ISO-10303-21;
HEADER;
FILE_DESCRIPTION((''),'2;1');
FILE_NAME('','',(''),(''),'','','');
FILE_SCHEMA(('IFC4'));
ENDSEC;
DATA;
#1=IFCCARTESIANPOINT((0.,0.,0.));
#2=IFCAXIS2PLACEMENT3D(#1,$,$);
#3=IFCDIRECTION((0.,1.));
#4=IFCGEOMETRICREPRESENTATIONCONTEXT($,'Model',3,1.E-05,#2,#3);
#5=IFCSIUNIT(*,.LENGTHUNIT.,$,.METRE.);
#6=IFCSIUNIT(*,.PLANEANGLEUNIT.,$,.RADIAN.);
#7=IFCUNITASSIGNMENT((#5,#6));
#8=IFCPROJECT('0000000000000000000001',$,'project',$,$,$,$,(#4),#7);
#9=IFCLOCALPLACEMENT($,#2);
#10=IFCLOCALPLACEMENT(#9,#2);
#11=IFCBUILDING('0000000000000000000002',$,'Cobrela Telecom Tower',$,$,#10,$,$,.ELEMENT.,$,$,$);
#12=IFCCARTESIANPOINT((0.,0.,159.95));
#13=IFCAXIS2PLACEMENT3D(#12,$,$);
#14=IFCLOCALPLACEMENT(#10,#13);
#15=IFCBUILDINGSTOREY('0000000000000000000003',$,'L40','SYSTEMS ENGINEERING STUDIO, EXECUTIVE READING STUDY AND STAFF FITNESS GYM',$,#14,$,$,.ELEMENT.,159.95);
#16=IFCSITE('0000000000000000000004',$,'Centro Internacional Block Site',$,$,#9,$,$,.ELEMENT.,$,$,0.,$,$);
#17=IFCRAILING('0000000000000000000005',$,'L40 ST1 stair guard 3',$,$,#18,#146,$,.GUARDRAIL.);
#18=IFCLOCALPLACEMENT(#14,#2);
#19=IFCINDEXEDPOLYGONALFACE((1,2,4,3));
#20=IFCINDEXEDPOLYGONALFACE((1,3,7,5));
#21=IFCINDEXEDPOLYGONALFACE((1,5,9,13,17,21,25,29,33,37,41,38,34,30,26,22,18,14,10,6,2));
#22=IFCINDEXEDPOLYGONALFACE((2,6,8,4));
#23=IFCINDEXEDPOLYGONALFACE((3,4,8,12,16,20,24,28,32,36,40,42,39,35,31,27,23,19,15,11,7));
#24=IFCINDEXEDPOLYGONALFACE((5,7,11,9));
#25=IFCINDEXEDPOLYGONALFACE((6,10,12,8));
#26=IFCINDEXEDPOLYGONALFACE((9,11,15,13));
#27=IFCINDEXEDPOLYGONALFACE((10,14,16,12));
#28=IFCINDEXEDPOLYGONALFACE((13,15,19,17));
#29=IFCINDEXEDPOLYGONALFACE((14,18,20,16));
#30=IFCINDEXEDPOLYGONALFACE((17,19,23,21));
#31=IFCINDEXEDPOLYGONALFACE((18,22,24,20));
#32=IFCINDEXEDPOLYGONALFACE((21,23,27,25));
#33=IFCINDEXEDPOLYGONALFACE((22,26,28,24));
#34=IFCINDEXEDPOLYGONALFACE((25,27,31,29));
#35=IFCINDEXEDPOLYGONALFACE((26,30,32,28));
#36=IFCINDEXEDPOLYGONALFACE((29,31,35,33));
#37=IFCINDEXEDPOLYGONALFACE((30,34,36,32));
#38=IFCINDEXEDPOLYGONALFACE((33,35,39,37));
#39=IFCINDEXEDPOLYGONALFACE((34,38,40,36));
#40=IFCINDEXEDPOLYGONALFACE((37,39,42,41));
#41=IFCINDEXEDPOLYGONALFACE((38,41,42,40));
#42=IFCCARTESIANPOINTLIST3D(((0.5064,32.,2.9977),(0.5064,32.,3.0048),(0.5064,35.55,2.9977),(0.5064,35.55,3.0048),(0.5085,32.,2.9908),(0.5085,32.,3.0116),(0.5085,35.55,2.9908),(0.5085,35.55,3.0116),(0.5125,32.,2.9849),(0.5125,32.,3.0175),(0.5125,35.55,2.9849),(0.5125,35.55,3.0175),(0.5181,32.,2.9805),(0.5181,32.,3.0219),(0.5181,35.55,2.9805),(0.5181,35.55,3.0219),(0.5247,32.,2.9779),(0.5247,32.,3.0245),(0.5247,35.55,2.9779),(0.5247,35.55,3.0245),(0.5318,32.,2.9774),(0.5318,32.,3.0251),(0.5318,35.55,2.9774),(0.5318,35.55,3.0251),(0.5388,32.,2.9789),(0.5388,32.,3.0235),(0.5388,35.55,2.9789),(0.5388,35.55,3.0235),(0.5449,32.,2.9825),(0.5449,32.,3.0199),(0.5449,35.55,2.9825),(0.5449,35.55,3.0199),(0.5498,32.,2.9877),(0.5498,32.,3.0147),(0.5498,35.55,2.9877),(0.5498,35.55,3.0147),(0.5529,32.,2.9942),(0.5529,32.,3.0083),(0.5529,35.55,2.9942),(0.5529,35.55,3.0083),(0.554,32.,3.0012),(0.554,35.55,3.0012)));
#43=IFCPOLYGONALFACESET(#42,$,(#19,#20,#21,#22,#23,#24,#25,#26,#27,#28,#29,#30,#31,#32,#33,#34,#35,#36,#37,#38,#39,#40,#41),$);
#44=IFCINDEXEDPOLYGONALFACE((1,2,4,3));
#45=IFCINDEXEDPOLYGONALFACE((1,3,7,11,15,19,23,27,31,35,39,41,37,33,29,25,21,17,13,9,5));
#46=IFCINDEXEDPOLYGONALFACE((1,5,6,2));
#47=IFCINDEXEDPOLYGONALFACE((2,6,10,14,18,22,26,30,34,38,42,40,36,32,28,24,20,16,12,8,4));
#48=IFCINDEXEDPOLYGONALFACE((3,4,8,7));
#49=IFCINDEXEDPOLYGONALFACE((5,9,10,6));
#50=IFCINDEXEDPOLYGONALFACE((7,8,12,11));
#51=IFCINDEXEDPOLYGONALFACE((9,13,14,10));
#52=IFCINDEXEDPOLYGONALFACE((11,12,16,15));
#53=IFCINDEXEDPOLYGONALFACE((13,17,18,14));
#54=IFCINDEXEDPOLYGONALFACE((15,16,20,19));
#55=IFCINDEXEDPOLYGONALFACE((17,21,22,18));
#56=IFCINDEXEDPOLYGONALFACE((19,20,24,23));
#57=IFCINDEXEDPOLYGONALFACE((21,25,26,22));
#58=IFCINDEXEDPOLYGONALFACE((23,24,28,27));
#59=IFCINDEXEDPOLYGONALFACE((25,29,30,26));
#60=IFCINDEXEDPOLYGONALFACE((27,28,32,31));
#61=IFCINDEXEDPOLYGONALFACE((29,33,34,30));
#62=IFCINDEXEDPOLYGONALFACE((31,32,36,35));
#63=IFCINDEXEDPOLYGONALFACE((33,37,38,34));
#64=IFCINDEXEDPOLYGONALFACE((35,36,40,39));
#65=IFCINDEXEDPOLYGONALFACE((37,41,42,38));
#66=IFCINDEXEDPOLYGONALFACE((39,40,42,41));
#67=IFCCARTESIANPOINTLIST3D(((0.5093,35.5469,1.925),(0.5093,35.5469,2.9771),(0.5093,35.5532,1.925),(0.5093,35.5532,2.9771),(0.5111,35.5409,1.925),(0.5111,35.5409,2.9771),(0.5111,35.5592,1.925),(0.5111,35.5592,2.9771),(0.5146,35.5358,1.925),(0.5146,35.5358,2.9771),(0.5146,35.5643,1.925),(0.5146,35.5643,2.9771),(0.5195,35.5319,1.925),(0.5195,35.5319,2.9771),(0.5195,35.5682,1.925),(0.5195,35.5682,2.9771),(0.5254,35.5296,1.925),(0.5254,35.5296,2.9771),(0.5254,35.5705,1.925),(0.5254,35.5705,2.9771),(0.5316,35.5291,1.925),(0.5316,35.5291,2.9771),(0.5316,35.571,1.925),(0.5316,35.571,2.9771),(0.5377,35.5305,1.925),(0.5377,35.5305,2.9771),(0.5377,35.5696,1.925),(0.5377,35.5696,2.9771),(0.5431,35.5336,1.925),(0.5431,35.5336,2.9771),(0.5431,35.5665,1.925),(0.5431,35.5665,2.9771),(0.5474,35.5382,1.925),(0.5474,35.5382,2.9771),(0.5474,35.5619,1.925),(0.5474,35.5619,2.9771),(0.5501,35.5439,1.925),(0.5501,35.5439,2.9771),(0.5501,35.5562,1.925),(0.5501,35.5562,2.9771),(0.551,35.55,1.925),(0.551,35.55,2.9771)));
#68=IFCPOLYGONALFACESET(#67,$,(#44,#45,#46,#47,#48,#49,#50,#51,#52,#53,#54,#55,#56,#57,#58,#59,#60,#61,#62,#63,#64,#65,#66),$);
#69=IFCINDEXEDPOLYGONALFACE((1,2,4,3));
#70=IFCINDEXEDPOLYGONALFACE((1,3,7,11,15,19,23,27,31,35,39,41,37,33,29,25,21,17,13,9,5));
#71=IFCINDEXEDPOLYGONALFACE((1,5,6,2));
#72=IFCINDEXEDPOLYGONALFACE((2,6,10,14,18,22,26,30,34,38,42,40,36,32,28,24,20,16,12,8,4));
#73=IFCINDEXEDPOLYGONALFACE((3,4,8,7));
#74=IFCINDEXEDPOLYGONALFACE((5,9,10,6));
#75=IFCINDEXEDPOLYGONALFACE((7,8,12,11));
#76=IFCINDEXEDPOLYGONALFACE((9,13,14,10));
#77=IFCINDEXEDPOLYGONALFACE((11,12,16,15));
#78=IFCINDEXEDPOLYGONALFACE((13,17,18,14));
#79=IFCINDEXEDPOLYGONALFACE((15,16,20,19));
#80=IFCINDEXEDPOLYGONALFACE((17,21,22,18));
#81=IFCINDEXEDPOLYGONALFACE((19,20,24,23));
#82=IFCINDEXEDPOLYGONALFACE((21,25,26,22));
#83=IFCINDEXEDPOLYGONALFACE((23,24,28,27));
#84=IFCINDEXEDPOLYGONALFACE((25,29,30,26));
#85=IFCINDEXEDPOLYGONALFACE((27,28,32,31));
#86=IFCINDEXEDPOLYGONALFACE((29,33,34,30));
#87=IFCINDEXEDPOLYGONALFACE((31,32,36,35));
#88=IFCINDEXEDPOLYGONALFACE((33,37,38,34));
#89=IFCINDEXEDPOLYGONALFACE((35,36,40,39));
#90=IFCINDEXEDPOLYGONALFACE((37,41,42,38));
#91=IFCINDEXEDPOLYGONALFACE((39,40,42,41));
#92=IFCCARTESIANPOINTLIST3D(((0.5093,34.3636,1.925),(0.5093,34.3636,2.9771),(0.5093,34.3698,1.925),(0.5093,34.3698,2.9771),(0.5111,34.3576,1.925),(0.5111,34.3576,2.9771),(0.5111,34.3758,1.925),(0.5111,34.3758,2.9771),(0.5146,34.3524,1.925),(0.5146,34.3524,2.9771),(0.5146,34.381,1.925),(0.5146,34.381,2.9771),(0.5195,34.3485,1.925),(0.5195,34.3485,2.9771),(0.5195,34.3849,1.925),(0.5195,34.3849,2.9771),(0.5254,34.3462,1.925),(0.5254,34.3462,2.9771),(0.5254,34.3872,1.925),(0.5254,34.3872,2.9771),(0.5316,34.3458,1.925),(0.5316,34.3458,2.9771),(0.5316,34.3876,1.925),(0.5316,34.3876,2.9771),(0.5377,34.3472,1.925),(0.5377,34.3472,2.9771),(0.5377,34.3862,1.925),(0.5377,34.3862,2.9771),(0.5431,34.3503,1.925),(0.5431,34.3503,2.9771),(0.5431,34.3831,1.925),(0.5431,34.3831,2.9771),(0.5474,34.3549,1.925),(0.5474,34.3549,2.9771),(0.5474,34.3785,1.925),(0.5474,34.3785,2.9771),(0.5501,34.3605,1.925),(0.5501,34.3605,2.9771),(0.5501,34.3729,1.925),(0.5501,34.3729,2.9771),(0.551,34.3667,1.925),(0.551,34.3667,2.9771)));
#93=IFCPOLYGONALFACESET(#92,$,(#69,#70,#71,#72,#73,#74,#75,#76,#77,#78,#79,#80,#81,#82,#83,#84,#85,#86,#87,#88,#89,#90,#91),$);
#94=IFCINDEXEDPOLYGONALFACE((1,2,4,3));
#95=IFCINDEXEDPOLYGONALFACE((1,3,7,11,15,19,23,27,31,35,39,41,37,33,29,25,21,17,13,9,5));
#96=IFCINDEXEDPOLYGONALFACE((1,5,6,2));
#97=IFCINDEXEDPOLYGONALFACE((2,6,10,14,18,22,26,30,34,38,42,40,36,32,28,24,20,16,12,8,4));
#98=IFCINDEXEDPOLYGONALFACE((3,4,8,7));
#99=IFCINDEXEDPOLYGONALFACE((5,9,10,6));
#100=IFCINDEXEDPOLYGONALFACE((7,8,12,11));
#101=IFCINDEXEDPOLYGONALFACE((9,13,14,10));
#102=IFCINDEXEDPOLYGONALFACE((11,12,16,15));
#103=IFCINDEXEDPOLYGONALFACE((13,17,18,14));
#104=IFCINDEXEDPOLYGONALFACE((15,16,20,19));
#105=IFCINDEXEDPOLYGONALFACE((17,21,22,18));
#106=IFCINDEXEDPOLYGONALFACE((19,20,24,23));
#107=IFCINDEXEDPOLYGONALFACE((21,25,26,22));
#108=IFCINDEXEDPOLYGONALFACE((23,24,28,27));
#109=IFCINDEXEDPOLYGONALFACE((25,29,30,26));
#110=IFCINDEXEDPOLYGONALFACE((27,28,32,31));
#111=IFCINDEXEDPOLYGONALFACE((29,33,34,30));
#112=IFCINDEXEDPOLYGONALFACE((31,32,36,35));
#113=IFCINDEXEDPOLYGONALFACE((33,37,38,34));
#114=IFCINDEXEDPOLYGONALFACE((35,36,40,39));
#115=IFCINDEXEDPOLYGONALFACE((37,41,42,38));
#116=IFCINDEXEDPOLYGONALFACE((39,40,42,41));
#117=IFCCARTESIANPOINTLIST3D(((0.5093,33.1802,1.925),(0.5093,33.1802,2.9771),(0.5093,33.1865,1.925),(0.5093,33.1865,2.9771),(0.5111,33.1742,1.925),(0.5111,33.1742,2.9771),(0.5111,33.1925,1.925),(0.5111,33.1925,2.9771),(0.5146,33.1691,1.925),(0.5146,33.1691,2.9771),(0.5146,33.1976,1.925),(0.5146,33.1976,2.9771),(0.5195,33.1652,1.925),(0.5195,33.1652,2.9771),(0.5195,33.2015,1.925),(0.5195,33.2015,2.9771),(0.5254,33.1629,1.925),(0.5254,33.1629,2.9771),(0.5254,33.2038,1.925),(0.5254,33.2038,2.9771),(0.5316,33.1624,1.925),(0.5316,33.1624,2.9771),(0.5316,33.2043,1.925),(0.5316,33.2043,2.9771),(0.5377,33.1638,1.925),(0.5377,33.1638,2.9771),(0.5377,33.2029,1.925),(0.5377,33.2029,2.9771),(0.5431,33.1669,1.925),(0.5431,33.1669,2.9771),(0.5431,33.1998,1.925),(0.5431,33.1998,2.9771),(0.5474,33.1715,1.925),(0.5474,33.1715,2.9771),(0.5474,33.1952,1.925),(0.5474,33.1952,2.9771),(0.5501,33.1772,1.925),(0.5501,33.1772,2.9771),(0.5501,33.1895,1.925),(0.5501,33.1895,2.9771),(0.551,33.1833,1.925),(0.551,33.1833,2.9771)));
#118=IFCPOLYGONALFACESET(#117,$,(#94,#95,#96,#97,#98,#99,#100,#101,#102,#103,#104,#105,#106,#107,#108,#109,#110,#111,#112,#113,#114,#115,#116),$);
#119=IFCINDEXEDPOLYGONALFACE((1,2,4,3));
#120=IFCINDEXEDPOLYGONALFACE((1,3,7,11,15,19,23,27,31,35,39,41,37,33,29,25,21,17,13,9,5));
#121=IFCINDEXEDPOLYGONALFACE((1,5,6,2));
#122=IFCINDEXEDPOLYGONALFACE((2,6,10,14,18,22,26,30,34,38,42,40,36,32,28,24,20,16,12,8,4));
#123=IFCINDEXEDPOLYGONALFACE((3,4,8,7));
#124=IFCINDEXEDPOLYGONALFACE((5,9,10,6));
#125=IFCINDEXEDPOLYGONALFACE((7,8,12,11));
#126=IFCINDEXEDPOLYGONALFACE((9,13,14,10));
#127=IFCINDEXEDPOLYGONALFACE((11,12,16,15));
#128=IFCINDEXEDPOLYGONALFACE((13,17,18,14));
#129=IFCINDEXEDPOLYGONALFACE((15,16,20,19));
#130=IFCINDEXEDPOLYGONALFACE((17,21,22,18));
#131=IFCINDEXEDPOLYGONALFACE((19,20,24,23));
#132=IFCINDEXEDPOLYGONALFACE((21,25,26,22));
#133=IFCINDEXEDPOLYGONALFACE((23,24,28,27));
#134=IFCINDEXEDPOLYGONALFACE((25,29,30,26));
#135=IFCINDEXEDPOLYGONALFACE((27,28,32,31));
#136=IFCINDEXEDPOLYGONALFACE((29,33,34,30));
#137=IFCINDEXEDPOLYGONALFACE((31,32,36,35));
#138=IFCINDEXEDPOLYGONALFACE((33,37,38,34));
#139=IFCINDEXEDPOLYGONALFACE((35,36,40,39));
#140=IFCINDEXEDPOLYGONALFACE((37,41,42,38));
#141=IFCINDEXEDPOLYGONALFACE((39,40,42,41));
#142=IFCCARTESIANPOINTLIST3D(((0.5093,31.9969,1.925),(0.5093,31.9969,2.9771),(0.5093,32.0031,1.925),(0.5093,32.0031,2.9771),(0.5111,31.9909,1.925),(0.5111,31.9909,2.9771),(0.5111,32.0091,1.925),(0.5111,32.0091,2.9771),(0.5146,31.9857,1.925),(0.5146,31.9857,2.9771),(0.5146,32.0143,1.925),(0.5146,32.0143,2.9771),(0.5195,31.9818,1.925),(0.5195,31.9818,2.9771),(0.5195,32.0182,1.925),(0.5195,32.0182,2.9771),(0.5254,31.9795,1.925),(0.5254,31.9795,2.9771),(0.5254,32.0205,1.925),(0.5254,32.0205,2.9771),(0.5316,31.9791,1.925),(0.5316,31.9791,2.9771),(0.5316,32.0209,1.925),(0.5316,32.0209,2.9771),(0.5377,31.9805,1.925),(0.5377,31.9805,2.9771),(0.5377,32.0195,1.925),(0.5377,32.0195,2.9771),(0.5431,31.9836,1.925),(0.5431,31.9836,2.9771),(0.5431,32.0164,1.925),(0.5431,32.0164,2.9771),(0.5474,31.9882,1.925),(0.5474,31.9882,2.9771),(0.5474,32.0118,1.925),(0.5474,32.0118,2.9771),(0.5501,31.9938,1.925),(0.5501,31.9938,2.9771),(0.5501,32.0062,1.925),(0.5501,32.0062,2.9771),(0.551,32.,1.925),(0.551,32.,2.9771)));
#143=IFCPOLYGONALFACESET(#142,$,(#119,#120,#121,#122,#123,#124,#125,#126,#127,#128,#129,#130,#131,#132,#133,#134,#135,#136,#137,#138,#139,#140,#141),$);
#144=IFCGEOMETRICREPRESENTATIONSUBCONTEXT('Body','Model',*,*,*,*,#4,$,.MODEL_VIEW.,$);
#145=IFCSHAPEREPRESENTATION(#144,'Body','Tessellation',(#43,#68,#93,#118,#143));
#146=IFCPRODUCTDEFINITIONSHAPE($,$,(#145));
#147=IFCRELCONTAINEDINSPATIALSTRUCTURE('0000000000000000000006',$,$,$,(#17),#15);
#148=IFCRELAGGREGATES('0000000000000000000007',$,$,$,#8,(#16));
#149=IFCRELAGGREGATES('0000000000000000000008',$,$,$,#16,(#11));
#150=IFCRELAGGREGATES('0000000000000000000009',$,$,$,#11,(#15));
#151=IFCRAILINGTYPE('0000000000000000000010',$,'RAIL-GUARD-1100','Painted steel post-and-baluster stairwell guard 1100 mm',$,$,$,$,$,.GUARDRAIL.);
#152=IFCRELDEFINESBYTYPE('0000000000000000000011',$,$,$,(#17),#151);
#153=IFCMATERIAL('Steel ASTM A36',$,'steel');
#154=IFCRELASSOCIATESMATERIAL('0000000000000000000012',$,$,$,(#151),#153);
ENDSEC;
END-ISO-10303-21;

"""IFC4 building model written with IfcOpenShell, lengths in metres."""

from ifc_helpers import new_model, si_unit, direction, frame, origin, origin_2d, place, context, subcontext, project, spatial, circle, extrude, material, type_object, element, save


model = new_model("IFC4")

# Units and contexts
model_context = context("Model", 3, precision=1e-05, world=origin(), true_north=direction((0.0, 1.0)))
body_context = subcontext(model_context, "Body", "Model", "MODEL_VIEW")
ifc_project = project(units=[si_unit("LENGTHUNIT", "METRE"), si_unit("PLANEANGLEUNIT", "RADIAN")], contexts=[model_context])

# Site, building, storey
site_placement = place(None, origin())
site = spatial("IfcSite", under=ifc_project, at=site_placement, Name="Centro Internacional Block Site", CompositionType="ELEMENT", RefElevation=0.0)
building_placement = place(site_placement, origin())
building = spatial("IfcBuilding", under=site, at=building_placement, Name="Cobrela Telecom Tower", CompositionType="ELEMENT")
storey_placement = place(building_placement, frame((0.0, 0.0, 159.95)))
storey = spatial("IfcBuildingStorey", under=building, at=storey_placement, Name="L40", Description="SYSTEMS ENGINEERING STUDIO, EXECUTIVE READING STUDY AND STAFF FITNESS GYM", CompositionType="ELEMENT", Elevation=159.95)

# Shared definitions
ifc_material_1 = material(Name="Steel ASTM A36", Category="steel")

# Railing
railing_type_1 = type_object("IfcRailingType", Name="RAIL-GUARD-1100", Description="Painted steel post-and-baluster stairwell guard 1100 mm", PredefinedType="GUARDRAIL", material=ifc_material_1)
railing_1_placement = place(storey_placement, frame((0.53, 35.55, 1.925)))
element("IfcRailing", 1, at=railing_1_placement, inside=storey, type_object=railing_type_1, Name="L40 ST1 stair guard 3", PredefinedType="GUARDRAIL", context=body_context, shape_type="SweptSolid", body=[
    extrude(circle(Radius=0.0239, at=origin_2d()), frame((0.0, 0.0, 1.0762), z_axis=(0.0, -1.0, 0.0), x_axis=(1.0, 0.0, 0.0)), (0.0, 0.0, 1.0), 3.55),
    extrude(circle(Radius=0.021, at=origin_2d()), origin(), (0.0, 0.0, 1.0), 1.052),
    extrude(circle(Radius=0.021, at=origin_2d()), frame((0.0, -1.1833, 0.0)), (0.0, 0.0, 1.0), 1.052),
    extrude(circle(Radius=0.021, at=origin_2d()), frame((0.0, -2.3667, 0.0)), (0.0, 0.0, 1.0), 1.052),
    extrude(circle(Radius=0.021, at=origin_2d()), frame((0.0, -3.55, 0.0)), (0.0, 0.0, 1.0), 1.052),
])

save(model, "model.ifc")
